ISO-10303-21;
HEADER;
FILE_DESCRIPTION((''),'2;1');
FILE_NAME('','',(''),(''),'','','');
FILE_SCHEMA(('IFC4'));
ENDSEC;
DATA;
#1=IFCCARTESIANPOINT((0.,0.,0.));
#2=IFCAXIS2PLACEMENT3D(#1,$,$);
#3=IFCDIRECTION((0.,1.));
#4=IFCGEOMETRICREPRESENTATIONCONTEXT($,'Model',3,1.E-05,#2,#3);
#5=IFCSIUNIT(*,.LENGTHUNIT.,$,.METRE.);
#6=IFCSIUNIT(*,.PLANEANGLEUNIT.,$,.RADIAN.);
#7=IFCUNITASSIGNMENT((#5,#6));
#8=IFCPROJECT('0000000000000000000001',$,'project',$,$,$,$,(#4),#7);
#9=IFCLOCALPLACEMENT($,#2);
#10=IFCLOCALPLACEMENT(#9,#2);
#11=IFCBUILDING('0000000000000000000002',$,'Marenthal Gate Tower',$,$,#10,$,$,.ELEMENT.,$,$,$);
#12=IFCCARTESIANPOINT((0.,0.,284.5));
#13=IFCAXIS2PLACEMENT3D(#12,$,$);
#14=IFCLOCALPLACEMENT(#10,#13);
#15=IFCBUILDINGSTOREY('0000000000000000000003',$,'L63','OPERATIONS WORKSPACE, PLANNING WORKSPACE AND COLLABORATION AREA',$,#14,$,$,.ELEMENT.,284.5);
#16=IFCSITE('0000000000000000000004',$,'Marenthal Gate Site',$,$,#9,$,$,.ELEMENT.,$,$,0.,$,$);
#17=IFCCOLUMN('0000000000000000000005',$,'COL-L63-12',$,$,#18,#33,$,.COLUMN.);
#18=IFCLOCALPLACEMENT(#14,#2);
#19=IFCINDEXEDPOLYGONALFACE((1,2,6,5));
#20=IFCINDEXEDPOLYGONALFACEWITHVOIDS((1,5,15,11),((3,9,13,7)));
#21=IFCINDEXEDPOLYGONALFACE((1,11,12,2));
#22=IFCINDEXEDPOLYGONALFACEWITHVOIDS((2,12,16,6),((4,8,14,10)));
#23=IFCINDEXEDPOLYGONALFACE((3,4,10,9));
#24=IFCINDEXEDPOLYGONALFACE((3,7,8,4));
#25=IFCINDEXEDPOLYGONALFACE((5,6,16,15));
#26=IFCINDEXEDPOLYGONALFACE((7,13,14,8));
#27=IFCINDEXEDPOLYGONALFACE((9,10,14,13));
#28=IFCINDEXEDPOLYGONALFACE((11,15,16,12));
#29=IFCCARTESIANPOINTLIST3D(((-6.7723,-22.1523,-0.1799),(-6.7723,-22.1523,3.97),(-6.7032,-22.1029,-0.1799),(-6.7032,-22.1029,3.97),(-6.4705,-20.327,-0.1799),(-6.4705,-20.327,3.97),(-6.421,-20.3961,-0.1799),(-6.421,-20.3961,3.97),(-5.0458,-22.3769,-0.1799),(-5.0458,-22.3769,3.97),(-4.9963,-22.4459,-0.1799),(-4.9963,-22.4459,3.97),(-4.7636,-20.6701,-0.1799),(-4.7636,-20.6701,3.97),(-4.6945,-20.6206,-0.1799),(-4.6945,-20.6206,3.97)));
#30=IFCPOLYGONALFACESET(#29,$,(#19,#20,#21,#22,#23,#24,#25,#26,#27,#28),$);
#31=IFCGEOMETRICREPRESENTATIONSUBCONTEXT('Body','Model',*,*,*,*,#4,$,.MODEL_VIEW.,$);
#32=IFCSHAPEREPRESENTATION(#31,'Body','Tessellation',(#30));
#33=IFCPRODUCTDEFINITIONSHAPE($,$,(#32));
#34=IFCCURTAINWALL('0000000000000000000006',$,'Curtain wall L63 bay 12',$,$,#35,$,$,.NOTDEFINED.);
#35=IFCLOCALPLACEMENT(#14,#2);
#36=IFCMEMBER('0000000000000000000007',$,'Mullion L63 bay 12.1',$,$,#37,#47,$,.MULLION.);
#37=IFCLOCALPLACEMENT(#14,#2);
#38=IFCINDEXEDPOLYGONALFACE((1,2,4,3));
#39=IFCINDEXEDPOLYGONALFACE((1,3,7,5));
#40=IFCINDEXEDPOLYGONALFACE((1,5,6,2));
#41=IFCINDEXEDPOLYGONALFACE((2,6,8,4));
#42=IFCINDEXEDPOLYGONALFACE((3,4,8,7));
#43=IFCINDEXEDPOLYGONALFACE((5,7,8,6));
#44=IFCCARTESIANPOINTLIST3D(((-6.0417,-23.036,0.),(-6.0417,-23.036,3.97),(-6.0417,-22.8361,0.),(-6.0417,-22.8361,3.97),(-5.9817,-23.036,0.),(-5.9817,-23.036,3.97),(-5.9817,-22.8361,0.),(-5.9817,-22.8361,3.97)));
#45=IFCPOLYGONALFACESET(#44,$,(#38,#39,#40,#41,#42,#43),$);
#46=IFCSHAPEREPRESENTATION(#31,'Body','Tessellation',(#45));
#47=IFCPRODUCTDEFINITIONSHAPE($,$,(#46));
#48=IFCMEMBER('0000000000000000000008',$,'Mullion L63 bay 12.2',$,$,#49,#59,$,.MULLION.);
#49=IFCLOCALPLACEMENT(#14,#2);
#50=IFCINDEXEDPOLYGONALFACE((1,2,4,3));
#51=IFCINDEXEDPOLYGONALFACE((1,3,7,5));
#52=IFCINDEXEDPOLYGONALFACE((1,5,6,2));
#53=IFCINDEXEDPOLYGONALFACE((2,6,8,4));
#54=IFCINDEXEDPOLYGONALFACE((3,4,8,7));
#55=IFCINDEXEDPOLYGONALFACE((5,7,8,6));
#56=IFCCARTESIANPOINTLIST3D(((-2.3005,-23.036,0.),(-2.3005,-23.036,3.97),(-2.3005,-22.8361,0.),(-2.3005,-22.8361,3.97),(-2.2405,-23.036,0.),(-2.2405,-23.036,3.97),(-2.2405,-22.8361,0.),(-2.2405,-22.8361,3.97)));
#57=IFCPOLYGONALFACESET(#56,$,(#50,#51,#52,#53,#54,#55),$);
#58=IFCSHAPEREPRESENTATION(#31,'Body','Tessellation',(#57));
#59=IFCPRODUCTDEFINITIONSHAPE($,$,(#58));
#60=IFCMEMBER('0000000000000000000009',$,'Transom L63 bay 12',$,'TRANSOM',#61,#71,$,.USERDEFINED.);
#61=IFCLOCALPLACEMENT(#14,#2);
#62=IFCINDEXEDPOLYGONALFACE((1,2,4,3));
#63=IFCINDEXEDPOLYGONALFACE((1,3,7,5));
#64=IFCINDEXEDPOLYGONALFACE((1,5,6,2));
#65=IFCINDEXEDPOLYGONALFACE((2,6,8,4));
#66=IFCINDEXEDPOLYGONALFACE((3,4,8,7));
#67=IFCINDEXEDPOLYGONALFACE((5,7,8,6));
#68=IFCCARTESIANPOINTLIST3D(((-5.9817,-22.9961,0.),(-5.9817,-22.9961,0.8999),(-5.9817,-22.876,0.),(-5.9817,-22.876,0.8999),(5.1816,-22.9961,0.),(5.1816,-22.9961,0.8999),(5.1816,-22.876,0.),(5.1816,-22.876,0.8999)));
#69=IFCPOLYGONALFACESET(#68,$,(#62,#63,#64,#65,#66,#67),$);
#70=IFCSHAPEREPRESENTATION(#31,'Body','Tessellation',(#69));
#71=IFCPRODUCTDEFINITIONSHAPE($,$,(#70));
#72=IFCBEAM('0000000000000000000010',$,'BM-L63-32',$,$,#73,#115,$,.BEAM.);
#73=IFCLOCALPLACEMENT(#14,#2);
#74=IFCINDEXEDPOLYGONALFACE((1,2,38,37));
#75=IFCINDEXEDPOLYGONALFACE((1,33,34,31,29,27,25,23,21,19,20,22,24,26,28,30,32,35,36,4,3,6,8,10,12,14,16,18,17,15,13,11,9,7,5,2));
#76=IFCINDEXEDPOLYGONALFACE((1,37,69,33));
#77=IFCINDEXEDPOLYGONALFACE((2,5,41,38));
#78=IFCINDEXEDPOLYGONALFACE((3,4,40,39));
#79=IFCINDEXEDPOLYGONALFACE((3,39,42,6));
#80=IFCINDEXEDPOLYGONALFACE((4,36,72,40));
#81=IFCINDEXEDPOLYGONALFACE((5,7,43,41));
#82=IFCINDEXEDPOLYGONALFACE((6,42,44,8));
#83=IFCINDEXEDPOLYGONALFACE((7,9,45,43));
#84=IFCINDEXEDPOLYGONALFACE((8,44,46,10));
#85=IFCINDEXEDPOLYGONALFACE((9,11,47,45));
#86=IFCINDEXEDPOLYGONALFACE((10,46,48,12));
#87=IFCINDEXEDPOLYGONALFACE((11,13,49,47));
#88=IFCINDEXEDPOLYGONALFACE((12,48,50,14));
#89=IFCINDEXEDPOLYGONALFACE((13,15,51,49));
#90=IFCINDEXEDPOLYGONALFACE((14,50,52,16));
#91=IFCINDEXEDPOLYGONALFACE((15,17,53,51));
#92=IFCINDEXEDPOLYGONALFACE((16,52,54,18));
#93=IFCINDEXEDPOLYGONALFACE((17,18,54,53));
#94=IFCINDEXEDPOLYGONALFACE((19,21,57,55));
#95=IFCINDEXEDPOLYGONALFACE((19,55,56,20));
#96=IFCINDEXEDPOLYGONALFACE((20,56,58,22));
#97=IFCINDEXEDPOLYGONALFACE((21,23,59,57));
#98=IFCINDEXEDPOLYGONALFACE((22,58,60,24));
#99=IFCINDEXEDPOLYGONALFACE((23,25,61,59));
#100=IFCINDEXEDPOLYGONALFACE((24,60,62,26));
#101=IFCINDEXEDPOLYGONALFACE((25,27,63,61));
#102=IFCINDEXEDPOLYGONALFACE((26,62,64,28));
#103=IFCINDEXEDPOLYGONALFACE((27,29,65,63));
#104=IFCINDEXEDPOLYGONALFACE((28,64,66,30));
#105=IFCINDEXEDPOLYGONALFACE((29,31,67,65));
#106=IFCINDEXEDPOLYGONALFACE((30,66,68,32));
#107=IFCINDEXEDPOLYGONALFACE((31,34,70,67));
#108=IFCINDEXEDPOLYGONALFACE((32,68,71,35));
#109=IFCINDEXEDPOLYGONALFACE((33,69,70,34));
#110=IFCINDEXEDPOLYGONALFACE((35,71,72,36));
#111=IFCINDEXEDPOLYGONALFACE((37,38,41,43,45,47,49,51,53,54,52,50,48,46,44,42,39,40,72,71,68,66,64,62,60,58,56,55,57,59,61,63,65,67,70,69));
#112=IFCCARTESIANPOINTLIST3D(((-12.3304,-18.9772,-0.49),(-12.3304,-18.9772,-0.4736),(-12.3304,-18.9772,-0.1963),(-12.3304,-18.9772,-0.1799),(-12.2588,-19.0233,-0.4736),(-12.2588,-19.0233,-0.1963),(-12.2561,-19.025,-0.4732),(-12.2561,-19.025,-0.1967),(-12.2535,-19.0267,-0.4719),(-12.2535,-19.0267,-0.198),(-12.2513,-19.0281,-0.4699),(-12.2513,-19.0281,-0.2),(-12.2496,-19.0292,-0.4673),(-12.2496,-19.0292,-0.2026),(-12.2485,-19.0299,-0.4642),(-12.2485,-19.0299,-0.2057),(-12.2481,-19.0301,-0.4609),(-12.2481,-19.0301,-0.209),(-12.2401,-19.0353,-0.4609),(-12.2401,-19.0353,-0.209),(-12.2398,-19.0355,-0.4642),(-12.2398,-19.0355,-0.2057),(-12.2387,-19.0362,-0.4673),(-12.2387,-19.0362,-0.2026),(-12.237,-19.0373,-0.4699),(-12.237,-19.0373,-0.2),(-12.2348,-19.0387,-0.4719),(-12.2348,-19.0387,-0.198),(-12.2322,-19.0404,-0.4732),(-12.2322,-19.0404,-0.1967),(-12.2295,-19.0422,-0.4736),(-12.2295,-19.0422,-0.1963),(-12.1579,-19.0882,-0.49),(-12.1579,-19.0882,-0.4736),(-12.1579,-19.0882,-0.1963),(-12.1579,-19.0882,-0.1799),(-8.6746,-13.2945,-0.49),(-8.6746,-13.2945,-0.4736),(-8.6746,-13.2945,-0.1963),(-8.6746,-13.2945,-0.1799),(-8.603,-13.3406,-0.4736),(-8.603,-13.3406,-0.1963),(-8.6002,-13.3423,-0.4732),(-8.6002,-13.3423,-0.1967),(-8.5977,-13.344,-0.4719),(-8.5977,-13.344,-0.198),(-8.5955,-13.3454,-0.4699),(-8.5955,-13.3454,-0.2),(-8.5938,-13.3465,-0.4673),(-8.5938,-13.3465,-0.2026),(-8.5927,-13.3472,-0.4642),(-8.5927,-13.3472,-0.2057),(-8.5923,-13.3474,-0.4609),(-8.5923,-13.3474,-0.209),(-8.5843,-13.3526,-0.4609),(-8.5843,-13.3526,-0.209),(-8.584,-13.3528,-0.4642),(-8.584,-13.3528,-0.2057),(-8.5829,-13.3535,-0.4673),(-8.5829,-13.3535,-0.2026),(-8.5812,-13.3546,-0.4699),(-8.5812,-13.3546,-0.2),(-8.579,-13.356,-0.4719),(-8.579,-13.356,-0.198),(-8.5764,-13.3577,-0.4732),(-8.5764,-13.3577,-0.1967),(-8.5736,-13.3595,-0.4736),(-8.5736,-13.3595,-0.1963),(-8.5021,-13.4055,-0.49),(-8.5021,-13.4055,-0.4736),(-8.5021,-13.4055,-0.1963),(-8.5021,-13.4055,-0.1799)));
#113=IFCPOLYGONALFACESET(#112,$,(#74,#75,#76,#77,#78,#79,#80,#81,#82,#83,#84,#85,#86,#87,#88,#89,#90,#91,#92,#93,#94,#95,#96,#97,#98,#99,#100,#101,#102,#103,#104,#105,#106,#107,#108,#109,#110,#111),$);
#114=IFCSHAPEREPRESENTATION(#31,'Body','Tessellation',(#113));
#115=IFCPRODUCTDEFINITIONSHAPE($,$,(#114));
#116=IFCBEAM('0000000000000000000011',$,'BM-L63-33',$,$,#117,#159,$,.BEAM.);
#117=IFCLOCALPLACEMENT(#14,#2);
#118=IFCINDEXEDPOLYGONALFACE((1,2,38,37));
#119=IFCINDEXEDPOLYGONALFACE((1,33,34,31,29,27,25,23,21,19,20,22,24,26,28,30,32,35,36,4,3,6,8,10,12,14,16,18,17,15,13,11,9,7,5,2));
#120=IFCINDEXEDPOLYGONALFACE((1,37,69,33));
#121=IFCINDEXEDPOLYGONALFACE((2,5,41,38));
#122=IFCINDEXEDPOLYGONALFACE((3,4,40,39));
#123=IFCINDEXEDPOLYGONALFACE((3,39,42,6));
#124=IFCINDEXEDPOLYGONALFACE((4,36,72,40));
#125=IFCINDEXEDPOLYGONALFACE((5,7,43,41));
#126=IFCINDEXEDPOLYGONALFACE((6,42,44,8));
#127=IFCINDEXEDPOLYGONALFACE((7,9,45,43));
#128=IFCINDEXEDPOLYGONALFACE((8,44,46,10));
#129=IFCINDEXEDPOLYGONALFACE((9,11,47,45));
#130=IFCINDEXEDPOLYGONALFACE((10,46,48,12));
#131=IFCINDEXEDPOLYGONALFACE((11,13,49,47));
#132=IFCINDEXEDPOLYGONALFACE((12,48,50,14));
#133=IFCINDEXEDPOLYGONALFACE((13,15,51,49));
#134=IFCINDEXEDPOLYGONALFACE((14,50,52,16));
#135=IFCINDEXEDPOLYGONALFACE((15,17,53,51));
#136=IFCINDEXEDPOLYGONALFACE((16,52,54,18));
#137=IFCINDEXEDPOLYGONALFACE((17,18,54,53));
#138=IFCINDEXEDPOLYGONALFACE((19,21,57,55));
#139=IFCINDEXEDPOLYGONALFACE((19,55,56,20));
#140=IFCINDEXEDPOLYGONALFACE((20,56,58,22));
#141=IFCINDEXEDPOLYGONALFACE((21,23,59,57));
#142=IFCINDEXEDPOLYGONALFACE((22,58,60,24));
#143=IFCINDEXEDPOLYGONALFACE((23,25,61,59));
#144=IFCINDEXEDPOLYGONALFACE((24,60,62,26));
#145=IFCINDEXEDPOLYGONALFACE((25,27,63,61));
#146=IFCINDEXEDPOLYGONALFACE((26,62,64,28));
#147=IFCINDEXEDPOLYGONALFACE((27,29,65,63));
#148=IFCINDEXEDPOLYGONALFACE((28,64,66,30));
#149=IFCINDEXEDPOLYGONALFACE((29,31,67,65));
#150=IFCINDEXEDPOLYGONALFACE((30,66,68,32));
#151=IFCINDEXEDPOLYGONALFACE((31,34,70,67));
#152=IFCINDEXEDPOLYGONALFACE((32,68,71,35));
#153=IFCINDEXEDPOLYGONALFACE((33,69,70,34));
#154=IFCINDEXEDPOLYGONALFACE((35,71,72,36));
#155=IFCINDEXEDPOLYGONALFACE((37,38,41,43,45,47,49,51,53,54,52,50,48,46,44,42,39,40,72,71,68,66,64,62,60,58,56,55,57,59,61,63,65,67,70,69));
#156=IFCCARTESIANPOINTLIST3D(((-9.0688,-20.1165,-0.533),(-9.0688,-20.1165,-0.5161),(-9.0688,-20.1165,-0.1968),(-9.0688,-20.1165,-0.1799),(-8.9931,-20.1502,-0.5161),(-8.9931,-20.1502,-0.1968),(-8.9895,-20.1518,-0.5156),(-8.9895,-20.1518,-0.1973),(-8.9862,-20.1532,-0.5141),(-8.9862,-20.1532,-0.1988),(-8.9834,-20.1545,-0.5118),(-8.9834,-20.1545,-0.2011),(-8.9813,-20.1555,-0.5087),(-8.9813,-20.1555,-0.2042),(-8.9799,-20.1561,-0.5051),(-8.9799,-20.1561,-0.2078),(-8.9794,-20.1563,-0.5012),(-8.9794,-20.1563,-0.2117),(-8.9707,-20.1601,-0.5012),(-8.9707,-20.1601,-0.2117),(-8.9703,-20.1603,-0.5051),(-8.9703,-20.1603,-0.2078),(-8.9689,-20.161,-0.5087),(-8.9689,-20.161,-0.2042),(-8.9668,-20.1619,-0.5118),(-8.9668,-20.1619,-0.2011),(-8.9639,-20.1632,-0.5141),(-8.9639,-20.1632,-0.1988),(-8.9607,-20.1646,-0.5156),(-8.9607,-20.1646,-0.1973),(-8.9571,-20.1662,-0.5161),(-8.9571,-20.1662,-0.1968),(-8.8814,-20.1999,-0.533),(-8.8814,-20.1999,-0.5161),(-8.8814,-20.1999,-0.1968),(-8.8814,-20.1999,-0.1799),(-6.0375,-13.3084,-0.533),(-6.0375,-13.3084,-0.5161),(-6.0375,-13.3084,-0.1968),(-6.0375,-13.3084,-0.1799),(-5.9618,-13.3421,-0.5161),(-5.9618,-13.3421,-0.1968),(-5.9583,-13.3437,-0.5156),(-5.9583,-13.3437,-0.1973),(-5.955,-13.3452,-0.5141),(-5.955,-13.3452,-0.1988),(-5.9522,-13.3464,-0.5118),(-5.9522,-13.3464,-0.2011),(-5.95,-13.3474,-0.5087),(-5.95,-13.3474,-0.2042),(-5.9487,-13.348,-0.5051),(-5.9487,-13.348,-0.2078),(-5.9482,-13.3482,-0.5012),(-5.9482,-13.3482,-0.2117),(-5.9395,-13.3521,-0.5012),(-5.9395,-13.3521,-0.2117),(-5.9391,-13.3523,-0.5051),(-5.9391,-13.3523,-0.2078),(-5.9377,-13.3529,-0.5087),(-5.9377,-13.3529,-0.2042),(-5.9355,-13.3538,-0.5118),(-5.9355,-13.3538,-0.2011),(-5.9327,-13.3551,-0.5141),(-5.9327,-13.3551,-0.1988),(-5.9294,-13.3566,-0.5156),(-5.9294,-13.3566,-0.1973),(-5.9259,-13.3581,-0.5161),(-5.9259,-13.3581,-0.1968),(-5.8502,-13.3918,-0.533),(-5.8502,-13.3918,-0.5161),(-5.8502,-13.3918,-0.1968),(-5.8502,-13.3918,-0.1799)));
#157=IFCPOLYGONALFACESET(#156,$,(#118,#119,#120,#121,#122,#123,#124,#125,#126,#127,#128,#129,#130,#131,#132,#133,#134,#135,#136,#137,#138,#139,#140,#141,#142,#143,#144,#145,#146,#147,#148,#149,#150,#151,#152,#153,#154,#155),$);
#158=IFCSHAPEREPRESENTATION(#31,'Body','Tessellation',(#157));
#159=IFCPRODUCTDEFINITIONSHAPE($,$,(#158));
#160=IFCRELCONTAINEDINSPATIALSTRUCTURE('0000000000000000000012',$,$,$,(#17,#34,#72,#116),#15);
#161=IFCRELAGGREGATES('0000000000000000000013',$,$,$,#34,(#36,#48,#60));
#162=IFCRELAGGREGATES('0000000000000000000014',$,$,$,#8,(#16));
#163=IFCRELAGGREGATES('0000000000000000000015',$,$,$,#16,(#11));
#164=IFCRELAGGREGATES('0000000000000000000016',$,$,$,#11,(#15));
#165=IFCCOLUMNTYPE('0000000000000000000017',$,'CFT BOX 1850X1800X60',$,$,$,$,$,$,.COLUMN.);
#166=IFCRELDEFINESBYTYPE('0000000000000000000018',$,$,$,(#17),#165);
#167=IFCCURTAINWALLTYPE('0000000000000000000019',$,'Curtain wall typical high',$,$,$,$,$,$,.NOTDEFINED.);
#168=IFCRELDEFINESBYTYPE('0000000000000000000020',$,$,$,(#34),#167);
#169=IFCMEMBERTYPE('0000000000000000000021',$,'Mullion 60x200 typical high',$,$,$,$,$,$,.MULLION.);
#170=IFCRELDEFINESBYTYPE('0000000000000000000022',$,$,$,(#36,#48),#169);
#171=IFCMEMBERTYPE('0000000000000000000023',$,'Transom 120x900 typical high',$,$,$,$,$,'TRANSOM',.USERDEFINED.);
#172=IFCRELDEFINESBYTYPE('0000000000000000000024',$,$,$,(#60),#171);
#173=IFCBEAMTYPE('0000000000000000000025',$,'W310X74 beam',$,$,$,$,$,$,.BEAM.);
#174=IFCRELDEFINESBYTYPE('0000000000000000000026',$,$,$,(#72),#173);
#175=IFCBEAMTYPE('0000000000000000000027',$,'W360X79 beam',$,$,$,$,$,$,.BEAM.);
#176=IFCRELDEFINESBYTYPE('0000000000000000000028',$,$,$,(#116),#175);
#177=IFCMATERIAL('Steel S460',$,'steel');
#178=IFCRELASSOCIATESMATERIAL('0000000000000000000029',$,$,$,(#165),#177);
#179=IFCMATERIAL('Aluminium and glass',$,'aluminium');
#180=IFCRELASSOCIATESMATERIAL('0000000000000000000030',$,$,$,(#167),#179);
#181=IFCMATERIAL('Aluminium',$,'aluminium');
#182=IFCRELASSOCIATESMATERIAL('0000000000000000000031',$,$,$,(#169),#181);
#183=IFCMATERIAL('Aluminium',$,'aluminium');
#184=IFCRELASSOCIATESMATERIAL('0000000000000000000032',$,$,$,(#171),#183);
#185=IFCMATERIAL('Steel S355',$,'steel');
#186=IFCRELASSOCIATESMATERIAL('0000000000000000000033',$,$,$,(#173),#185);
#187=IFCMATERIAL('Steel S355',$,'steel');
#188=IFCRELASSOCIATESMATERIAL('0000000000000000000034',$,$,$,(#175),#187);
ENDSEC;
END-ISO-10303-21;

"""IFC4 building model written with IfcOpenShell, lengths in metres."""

from ifc_helpers import new_model, si_unit, direction, frame, origin, origin_2d, place, context, subcontext, project, spatial, rectangle, hollow_rectangle, i_section, extrude, material, material_profile, profile_set, type_object, element, aggregate, save


model = new_model("IFC4")

# Units and contexts
model_context = context("Model", 3, precision=1e-05, world=origin(), true_north=direction((0.0, 1.0)))
body_context = subcontext(model_context, "Body", "Model", "MODEL_VIEW")
ifc_project = project(units=[si_unit("LENGTHUNIT", "METRE"), si_unit("PLANEANGLEUNIT", "RADIAN")], contexts=[model_context])

# Site, building, storey
site_placement = place(None, origin())
site = spatial("IfcSite", under=ifc_project, at=site_placement, Name="Marenthal Gate Site", CompositionType="ELEMENT", RefElevation=0.0)
building_placement = place(site_placement, origin())
building = spatial("IfcBuilding", under=site, at=building_placement, Name="Marenthal Gate Tower", CompositionType="ELEMENT")
storey_placement = place(building_placement, frame((0.0, 0.0, 284.5)))
storey = spatial("IfcBuildingStorey", under=building, at=storey_placement, Name="L63", Description="OPERATIONS WORKSPACE, PLANNING WORKSPACE AND COLLABORATION AREA", CompositionType="ELEMENT", Elevation=284.5)

# Column
ifc_material_1 = material(Name="Steel S460", Category="steel")
ifc_material_profile_1 = material_profile(ifc_material_1, hollow_rectangle(XDim=1.8, YDim=1.8501, WallThickness=0.0601, at=origin_2d()), Name="CFT BOX 1850X1800X60")
ifc_material_2 = material(Name="Concrete 70 MPa", Category="concrete")
ifc_material_profile_2 = material_profile(ifc_material_2, rectangle(XDim=1.6799, YDim=1.73, at=origin_2d()), Name="CFT BOX 1850X1800X60 INFILL")
ifc_profile_set_1 = profile_set([ifc_material_profile_1, ifc_material_profile_2], Name="Steel S460 shell, Concrete 70 MPa infill")
column_type = type_object("IfcColumnType", Name="CFT BOX 1850X1800X60", PredefinedType="COLUMN", material=ifc_profile_set_1)
column_placement = place(storey_placement, frame((-5.7334, -21.3865, -0.1799), z_axis=(0.0, 0.0, 1.0), x_axis=(-0.986606, 0.163119, 0.0)))
element("IfcColumn", 1, at=column_placement, inside=storey, type_object=column_type, Name="COL-L63-12", PredefinedType="COLUMN", context=body_context, shape_type="SweptSolid", body=[
    extrude(hollow_rectangle(XDim=1.8, YDim=1.8501, WallThickness=0.0601, at=origin_2d()), origin(), (0.0, 0.0, 1.0), 4.1499),
])

# Curtain wall, members
ifc_material_3 = material(Name="Aluminium and glass", Category="aluminium")
curtain_wall_type = type_object("IfcCurtainWallType", Name="Curtain wall typical high", PredefinedType="NOTDEFINED", material=ifc_material_3)
curtain_wall_placement = place(storey_placement, origin())
curtain_wall = element("IfcCurtainWall", 2, at=curtain_wall_placement, inside=storey, type_object=curtain_wall_type, Name="Curtain wall L63 bay 12", PredefinedType="NOTDEFINED")
ifc_material_4 = material(Name="Aluminium", Category="aluminium")
ifc_material_profile_3 = material_profile(ifc_material_4, rectangle(XDim=0.2, YDim=0.0601, at=origin_2d()), Name="60x200 aluminium mullion")
ifc_profile_set_2 = profile_set([ifc_material_profile_3], Name="Aluminium")
member_type_1 = type_object("IfcMemberType", Name="Mullion 60x200 typical high", PredefinedType="MULLION", material=ifc_profile_set_2)
member_1_placement = place(storey_placement, frame((-6.0117, -22.936, 0.0), z_axis=(0.0, 0.0, 1.0), x_axis=(0.0, 1.0, 0.0)))
member_1 = element("IfcMember", 3, at=member_1_placement, type_object=member_type_1, Name="Mullion L63 bay 12.1", PredefinedType="MULLION", context=body_context, shape_type="SweptSolid", body=[
    extrude(rectangle(XDim=0.2, YDim=0.0601, at=origin_2d()), origin(), (0.0, 0.0, 1.0), 3.97),
])
member_2_placement = place(storey_placement, frame((-2.2705, -22.936, 0.0), z_axis=(0.0, 0.0, 1.0), x_axis=(0.0, 1.0, 0.0)))
member_2 = element("IfcMember", 4, at=member_2_placement, type_object=member_type_1, Name="Mullion L63 bay 12.2", PredefinedType="MULLION", context=body_context, shape_type="SweptSolid", body=[
    extrude(rectangle(XDim=0.2, YDim=0.0601, at=origin_2d()), origin(), (0.0, 0.0, 1.0), 3.97),
])
ifc_material_5 = material(Name="Aluminium", Category="aluminium")
ifc_material_profile_4 = material_profile(ifc_material_5, rectangle(XDim=0.1201, YDim=0.8999, at=origin_2d()), Name="120x900 aluminium transom")
ifc_profile_set_3 = profile_set([ifc_material_profile_4], Name="Aluminium")
member_type_2 = type_object("IfcMemberType", Name="Transom 120x900 typical high", ElementType="TRANSOM", PredefinedType="USERDEFINED", material=ifc_profile_set_3)
member_3_placement = place(storey_placement, frame((-5.9817, -22.936, 0.45), z_axis=(1.0, 0.0, 0.0), x_axis=(0.0, 1.0, 0.0)))
member_3 = element("IfcMember", 5, at=member_3_placement, type_object=member_type_2, Name="Transom L63 bay 12", ObjectType="TRANSOM", PredefinedType="USERDEFINED", context=body_context, shape_type="SweptSolid", body=[
    extrude(rectangle(XDim=0.1201, YDim=0.8999, at=origin_2d()), origin(), (0.0, 0.0, 1.0), 11.1633),
])

# Beams
ifc_material_6 = material(Name="Steel S355", Category="steel")
ifc_material_profile_5 = material_profile(ifc_material_6, i_section(OverallWidth=0.2051, OverallDepth=0.3101, WebThickness=0.0095, FlangeThickness=0.0164, FilletRadius=0.0127, at=origin_2d()), Name="W310X74")
ifc_profile_set_4 = profile_set([ifc_material_profile_5], Name="Steel S355")
beam_type_1 = type_object("IfcBeamType", Name="W310X74 beam", PredefinedType="BEAM", material=ifc_profile_set_4)
beam_1_placement = place(storey_placement, frame((-12.2441, -19.0327, -0.335), z_axis=(0.541035, 0.841, 0.0), x_axis=(-0.841, 0.541035, 0.0)))
element("IfcBeam", 6, at=beam_1_placement, inside=storey, type_object=beam_type_1, Name="BM-L63-32", PredefinedType="BEAM", context=body_context, shape_type="SweptSolid", body=[
    extrude(i_section(OverallWidth=0.2051, OverallDepth=0.3101, WebThickness=0.0095, FlangeThickness=0.0164, FilletRadius=0.0127, at=origin_2d()), origin(), (0.0, 0.0, 1.0), 6.7571),
])
ifc_material_7 = material(Name="Steel S355", Category="steel")
ifc_material_profile_6 = material_profile(ifc_material_7, i_section(OverallWidth=0.2051, OverallDepth=0.353, WebThickness=0.0095, FlangeThickness=0.0168, FilletRadius=0.0149, at=origin_2d()), Name="W360X79")
ifc_profile_set_5 = profile_set([ifc_material_profile_6], Name="Steel S355")
beam_type_2 = type_object("IfcBeamType", Name="W360X79 beam", PredefinedType="BEAM", material=ifc_profile_set_5)
beam_2_placement = place(storey_placement, frame((-8.9751, -20.1582, -0.3564), z_axis=(0.406746, 0.913541, 0.0), x_axis=(-0.913541, 0.406746, 0.0)))
element("IfcBeam", 7, at=beam_2_placement, inside=storey, type_object=beam_type_2, Name="BM-L63-33", PredefinedType="BEAM", context=body_context, shape_type="SweptSolid", body=[
    extrude(i_section(OverallWidth=0.2051, OverallDepth=0.353, WebThickness=0.0095, FlangeThickness=0.0168, FilletRadius=0.0149, at=origin_2d()), origin(), (0.0, 0.0, 1.0), 7.4524),
])

aggregate(curtain_wall, [member_1, member_2, member_3])

save(model, "model.ifc")
